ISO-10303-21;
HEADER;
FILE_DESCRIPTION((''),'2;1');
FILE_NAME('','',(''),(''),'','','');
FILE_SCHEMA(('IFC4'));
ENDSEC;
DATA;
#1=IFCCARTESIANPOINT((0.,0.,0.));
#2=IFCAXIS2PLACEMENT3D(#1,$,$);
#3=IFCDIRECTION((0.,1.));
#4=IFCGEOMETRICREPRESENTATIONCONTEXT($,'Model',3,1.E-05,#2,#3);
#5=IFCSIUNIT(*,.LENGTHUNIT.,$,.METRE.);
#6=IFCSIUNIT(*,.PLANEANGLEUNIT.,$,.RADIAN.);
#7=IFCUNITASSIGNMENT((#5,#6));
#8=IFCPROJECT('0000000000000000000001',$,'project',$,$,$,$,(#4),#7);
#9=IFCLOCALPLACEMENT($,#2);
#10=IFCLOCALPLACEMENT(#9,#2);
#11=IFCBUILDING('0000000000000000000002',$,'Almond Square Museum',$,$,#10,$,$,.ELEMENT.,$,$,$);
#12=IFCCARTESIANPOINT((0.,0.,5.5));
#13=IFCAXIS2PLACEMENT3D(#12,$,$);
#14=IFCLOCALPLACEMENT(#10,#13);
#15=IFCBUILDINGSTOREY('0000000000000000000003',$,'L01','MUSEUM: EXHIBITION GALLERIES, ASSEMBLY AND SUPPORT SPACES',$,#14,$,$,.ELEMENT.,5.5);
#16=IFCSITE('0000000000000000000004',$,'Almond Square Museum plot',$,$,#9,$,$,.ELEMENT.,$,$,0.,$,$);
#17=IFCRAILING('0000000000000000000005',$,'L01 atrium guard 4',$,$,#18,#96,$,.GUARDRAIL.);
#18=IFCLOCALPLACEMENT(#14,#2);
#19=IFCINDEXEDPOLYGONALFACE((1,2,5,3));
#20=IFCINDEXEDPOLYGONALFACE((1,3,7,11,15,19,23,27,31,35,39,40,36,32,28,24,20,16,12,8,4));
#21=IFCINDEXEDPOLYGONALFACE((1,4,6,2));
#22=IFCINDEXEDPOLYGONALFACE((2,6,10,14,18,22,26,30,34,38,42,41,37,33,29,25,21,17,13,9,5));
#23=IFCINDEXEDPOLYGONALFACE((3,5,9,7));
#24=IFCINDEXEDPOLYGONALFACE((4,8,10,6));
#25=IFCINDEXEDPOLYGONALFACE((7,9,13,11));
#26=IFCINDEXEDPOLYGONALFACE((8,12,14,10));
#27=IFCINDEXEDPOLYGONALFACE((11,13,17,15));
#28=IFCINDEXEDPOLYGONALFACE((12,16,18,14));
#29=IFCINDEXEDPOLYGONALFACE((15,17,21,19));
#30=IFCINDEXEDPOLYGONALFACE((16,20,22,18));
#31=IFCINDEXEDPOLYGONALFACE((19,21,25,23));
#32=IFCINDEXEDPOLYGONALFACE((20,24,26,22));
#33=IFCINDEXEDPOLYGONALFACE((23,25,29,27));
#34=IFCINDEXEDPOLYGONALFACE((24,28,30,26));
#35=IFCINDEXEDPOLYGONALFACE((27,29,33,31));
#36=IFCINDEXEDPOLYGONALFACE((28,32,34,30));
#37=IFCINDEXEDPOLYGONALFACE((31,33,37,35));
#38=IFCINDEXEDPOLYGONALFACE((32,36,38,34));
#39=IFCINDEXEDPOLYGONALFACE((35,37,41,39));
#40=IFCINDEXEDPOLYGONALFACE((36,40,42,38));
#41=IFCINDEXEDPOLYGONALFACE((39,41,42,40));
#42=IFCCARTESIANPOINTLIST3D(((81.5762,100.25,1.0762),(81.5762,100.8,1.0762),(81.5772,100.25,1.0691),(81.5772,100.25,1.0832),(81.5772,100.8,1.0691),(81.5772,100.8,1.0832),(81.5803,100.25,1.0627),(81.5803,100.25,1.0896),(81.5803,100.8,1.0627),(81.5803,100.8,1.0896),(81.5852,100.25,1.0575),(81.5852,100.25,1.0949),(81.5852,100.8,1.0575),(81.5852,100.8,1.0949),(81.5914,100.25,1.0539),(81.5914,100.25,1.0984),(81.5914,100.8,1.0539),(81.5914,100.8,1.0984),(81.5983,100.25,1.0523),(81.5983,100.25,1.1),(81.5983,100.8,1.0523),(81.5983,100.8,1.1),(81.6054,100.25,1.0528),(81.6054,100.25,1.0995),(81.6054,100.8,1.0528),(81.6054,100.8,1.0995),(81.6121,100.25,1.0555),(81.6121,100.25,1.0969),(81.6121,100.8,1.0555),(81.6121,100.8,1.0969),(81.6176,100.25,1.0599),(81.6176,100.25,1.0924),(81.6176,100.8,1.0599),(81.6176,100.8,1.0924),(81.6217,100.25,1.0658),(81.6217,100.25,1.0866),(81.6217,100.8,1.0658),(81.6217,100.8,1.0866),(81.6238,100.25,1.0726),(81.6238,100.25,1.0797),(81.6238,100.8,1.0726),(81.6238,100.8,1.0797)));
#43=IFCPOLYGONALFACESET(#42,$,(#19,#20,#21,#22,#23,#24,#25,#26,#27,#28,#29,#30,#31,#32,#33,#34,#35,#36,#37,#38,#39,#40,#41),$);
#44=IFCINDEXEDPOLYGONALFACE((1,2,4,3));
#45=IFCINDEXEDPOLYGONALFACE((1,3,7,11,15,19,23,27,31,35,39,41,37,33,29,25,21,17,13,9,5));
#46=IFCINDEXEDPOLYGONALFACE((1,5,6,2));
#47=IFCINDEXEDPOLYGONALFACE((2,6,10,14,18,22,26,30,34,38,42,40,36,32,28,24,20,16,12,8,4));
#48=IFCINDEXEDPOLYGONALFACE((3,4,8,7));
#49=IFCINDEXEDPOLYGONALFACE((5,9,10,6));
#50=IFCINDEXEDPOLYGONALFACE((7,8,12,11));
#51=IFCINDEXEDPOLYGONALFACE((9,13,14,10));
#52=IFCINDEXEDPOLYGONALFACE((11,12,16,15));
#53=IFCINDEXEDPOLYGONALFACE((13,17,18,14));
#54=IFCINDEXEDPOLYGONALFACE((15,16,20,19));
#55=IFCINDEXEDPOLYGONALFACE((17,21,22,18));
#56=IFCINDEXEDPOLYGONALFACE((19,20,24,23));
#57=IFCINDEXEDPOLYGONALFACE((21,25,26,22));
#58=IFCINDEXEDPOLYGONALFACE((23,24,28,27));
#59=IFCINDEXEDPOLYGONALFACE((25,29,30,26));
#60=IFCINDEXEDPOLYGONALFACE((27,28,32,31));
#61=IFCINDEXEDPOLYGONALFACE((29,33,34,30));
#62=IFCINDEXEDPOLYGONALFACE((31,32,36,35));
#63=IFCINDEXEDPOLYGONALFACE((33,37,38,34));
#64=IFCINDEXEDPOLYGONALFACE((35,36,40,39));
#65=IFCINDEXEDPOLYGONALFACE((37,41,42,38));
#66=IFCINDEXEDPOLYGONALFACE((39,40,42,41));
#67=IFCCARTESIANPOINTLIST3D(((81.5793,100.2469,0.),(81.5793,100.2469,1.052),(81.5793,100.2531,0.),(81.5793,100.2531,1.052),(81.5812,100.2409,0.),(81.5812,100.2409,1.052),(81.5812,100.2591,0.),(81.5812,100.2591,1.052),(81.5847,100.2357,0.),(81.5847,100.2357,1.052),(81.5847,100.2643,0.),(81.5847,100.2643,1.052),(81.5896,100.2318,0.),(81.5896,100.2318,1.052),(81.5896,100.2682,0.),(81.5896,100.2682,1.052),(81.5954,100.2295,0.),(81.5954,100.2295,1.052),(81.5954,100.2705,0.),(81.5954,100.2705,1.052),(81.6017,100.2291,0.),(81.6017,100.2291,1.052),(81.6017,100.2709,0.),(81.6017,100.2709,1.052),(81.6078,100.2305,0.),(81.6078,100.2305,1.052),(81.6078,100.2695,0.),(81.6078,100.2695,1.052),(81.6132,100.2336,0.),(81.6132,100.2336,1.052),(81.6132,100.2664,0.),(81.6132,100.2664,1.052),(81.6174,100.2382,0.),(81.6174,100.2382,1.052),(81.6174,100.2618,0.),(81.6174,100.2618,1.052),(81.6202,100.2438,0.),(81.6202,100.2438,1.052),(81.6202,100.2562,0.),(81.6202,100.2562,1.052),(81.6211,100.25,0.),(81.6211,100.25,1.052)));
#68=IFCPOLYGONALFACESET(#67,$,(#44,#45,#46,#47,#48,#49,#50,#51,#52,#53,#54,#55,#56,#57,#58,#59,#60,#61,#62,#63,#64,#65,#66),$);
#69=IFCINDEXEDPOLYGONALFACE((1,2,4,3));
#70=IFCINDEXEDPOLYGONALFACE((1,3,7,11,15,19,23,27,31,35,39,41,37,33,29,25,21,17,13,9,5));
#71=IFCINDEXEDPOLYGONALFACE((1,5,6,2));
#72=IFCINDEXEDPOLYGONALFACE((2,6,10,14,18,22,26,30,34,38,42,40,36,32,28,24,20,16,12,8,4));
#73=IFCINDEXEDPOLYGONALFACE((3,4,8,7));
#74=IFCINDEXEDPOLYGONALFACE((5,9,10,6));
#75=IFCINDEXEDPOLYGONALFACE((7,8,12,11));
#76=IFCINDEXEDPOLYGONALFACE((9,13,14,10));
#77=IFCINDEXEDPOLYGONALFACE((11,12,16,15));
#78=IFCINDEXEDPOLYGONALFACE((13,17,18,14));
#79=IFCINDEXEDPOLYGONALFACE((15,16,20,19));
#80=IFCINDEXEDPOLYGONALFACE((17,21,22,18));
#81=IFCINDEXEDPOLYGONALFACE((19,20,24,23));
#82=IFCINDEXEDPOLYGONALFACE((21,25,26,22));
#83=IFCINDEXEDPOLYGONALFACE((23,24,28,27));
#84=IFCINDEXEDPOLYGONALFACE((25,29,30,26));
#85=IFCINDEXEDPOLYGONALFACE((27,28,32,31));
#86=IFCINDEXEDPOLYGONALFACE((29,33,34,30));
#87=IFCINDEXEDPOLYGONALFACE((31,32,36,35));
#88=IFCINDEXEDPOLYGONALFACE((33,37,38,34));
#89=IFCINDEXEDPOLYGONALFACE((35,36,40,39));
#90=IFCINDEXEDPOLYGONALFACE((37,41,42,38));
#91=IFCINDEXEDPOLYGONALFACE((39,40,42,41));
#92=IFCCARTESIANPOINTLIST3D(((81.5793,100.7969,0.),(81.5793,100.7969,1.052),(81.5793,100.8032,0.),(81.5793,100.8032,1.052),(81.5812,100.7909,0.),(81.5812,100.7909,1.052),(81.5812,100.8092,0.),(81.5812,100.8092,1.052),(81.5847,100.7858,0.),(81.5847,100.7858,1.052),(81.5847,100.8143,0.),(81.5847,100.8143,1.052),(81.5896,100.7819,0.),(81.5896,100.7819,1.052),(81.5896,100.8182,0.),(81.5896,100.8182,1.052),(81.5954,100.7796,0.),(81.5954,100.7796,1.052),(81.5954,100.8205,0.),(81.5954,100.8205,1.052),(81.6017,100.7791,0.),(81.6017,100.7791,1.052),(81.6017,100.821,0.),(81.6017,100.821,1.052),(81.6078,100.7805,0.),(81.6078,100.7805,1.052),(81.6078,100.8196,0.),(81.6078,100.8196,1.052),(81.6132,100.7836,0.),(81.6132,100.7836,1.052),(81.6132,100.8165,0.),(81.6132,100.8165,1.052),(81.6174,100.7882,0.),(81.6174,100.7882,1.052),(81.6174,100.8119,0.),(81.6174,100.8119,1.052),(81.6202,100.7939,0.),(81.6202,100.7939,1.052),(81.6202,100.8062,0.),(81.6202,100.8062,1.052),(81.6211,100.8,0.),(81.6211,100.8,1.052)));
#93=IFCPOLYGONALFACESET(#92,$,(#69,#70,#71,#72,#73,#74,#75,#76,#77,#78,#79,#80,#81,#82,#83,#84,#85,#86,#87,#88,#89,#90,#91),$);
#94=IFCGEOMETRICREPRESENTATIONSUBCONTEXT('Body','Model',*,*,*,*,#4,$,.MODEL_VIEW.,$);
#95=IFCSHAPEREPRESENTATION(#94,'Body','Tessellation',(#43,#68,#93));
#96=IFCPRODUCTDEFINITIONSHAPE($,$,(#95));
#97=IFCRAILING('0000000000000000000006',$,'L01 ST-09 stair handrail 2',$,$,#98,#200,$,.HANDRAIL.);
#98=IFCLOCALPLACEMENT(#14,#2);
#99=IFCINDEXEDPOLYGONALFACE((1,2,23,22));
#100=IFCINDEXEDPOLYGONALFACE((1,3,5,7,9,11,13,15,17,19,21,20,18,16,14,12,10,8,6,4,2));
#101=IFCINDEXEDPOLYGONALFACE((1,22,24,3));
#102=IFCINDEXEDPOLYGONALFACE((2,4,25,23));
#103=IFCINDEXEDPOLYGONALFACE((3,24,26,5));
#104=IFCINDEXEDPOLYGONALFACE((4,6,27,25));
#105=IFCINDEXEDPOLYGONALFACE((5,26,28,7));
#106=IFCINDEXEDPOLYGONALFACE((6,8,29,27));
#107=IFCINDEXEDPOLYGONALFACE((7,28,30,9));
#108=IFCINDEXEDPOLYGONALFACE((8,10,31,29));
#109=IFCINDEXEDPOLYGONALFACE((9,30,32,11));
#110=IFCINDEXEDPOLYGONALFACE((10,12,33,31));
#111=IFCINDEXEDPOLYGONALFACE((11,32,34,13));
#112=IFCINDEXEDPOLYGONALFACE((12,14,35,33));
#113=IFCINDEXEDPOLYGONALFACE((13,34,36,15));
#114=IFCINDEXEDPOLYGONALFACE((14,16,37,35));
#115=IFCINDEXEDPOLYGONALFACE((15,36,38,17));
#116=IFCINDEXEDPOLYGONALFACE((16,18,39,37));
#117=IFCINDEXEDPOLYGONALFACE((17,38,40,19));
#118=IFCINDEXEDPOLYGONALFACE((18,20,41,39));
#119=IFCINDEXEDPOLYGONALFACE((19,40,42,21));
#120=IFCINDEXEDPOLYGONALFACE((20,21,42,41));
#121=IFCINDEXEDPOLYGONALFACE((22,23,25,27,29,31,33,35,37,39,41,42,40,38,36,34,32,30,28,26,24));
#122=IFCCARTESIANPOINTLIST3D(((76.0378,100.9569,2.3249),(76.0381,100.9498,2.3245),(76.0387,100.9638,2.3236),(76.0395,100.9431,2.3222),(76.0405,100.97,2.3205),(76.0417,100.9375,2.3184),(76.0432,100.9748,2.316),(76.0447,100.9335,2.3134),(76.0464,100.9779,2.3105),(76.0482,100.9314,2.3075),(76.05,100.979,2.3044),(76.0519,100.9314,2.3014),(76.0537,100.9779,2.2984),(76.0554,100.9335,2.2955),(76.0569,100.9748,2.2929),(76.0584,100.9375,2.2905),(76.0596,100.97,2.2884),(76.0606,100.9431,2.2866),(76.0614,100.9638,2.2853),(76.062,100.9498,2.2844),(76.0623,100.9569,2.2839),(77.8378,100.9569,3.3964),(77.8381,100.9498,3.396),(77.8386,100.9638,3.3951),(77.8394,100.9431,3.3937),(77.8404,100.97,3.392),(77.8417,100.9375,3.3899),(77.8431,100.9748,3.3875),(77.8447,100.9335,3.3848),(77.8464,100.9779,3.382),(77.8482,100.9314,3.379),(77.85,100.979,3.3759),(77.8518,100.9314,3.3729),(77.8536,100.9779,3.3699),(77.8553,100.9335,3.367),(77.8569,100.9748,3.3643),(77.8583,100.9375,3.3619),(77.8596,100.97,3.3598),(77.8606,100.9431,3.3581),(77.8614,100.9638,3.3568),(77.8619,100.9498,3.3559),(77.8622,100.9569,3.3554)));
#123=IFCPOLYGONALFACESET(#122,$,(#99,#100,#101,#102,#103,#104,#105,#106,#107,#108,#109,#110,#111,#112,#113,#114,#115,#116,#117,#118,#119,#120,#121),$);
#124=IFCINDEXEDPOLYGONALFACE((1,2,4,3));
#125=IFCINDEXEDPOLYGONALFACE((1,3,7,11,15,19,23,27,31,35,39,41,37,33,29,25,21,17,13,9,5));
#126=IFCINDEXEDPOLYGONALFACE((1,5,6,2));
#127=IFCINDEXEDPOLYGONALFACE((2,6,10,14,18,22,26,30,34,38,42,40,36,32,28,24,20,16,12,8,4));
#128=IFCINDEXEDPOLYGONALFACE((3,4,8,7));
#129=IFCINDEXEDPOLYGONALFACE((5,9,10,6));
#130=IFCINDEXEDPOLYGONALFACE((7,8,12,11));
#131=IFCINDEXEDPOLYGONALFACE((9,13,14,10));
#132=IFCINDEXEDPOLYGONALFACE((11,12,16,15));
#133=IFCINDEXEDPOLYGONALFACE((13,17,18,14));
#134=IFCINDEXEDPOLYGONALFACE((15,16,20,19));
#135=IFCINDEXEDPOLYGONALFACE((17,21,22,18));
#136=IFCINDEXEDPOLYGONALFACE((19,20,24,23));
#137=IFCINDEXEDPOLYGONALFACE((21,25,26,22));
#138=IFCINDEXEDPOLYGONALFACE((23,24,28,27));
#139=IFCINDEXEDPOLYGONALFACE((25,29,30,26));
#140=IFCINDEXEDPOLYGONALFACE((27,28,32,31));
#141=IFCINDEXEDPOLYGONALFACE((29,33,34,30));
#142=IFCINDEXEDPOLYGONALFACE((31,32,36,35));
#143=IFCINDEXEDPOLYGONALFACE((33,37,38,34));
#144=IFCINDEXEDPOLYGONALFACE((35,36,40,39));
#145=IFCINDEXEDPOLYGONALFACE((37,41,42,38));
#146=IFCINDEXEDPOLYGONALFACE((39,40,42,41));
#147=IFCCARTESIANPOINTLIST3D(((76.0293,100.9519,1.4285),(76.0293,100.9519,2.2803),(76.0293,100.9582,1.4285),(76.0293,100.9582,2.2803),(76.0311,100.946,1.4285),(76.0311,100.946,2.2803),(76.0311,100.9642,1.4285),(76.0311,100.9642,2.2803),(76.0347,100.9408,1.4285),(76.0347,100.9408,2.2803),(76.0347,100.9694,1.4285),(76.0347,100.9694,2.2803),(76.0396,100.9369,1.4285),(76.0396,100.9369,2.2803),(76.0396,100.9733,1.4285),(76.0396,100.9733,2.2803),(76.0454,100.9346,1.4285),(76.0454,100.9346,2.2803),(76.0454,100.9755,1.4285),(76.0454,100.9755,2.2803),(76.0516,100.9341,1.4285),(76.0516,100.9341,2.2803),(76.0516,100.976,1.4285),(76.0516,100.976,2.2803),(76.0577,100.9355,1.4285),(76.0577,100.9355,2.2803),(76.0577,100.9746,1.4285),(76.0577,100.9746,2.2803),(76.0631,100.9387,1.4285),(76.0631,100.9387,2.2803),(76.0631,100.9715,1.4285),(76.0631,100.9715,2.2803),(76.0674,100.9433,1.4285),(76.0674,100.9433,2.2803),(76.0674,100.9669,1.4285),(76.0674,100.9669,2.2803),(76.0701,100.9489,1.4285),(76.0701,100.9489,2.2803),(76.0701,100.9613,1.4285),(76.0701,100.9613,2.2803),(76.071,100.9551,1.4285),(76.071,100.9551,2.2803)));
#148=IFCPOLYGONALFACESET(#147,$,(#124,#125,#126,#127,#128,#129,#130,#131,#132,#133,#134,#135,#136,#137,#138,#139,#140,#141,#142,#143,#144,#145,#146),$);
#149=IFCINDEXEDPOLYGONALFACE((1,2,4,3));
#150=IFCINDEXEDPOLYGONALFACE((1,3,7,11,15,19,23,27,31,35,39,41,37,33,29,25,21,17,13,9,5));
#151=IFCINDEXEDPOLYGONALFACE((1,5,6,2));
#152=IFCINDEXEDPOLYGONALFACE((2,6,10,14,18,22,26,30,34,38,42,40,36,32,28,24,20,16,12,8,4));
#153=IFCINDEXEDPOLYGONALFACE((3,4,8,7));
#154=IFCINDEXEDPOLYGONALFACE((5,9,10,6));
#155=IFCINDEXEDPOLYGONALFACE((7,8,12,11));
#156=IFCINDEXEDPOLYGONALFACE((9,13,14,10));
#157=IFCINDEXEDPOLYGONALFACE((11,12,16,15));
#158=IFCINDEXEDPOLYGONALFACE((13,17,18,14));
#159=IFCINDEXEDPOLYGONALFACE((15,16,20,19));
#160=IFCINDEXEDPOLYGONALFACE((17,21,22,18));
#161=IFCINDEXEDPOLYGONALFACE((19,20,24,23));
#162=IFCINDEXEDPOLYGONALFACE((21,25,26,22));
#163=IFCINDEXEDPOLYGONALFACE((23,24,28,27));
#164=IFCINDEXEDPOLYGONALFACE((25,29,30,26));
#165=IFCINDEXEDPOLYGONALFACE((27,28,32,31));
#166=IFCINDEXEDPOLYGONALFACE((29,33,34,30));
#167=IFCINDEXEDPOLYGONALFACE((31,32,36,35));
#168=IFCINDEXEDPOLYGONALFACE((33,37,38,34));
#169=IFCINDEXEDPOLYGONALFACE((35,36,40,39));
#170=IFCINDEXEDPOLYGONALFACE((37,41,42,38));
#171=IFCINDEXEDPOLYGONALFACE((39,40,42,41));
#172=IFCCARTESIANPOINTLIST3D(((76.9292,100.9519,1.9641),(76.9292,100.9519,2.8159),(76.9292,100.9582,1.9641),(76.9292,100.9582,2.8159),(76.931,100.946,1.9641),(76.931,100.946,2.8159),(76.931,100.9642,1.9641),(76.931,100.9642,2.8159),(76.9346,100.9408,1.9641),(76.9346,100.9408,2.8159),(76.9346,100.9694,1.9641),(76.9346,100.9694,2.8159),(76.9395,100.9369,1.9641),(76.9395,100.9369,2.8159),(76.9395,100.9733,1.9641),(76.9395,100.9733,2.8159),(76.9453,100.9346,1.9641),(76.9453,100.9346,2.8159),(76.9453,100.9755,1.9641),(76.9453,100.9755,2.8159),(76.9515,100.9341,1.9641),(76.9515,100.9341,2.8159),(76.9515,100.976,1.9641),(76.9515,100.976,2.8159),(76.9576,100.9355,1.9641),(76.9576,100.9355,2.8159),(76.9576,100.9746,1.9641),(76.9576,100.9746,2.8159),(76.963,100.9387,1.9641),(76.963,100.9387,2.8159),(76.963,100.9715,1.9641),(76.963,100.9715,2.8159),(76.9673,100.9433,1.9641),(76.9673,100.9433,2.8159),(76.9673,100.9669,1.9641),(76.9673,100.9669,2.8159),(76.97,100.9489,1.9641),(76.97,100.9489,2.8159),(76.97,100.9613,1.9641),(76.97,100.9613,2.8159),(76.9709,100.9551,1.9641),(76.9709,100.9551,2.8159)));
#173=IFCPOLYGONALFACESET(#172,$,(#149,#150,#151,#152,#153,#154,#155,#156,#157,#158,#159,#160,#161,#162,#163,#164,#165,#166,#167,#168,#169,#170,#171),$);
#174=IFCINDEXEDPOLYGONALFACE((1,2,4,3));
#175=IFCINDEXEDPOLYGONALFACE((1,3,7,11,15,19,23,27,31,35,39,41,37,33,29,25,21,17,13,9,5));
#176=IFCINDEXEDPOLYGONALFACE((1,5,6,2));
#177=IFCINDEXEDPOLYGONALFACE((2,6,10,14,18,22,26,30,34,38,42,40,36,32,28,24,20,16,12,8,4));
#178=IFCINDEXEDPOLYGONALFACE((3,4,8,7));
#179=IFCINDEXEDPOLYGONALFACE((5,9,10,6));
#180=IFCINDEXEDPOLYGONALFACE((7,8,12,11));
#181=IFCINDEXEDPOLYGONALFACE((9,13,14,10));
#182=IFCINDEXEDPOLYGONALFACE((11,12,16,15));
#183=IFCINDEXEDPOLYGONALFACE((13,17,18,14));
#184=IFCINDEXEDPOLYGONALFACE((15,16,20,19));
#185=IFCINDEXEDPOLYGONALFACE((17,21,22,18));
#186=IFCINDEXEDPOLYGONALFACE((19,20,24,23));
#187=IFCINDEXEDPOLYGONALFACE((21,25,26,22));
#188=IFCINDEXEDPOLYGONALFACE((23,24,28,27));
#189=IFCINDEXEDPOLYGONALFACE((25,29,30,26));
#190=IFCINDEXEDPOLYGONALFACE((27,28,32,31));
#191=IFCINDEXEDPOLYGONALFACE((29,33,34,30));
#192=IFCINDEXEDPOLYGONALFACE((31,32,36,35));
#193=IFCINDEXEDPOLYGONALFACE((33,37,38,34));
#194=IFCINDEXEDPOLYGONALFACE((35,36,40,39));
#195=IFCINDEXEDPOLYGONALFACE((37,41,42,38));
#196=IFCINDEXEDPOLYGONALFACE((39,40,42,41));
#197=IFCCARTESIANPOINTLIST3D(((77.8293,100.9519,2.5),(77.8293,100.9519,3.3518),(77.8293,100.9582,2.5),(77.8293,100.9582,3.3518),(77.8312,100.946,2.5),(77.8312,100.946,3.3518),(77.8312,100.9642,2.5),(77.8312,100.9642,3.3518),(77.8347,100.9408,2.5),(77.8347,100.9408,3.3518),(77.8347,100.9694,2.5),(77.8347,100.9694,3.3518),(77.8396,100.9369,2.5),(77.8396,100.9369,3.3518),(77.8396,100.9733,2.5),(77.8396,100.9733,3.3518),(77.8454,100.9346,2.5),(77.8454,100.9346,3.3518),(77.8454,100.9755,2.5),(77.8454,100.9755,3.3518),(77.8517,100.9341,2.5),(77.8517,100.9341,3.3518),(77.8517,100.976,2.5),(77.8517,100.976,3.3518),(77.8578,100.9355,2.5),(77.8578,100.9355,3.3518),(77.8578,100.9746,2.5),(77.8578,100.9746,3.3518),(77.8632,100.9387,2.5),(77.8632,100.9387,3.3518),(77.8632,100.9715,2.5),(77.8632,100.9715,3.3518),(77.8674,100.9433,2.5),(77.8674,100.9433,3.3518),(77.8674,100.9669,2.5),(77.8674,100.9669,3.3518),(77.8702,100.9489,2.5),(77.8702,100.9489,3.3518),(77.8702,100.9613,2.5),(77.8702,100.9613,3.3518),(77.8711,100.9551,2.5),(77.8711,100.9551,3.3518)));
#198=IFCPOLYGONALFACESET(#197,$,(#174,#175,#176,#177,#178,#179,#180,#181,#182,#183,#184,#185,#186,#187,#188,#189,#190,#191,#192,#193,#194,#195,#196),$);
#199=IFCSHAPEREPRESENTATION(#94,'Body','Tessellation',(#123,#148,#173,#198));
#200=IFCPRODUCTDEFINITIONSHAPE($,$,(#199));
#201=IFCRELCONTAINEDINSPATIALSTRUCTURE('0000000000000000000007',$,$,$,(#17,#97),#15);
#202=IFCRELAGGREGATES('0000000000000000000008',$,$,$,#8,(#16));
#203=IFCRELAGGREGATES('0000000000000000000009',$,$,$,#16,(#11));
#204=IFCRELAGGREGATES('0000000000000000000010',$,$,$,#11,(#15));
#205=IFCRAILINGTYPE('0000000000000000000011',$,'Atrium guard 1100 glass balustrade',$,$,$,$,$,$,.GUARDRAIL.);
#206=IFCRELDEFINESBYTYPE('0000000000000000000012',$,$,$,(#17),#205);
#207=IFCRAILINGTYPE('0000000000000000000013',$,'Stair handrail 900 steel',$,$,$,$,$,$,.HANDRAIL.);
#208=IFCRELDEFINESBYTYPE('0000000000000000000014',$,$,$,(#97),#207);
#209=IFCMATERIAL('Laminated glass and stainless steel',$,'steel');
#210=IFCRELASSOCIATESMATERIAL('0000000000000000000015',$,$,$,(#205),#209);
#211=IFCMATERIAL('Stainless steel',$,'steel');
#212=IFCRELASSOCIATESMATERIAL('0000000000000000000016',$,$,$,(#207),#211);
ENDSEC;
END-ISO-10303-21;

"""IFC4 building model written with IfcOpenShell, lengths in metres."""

from ifc_helpers import new_model, si_unit, direction, frame, origin, origin_2d, place, context, subcontext, project, spatial, circle, extrude, material, type_object, element, save


model = new_model("IFC4")

# Units and contexts
model_context = context("Model", 3, precision=1e-05, world=origin(), true_north=direction((0.0, 1.0)))
body_context = subcontext(model_context, "Body", "Model", "MODEL_VIEW")
ifc_project = project(units=[si_unit("LENGTHUNIT", "METRE"), si_unit("PLANEANGLEUNIT", "RADIAN")], contexts=[model_context])

# Site, building, storey
site_placement = place(None, origin())
site = spatial("IfcSite", under=ifc_project, at=site_placement, Name="Almond Square Museum plot", CompositionType="ELEMENT", RefElevation=0.0)
building_placement = place(site_placement, origin())
building = spatial("IfcBuilding", under=site, at=building_placement, Name="Almond Square Museum", CompositionType="ELEMENT")
storey_placement = place(building_placement, frame((0.0, 0.0, 5.5)))
storey = spatial("IfcBuildingStorey", under=building, at=storey_placement, Name="L01", Description="MUSEUM: EXHIBITION GALLERIES, ASSEMBLY AND SUPPORT SPACES", CompositionType="ELEMENT", Elevation=5.5)

# Railings
ifc_material_1 = material(Name="Laminated glass and stainless steel", Category="steel")
railing_type_1 = type_object("IfcRailingType", Name="Atrium guard 1100 glass balustrade", PredefinedType="GUARDRAIL", material=ifc_material_1)
railing_1_placement = place(storey_placement, frame((81.6001, 100.25, 0.0)))
element("IfcRailing", 1, at=railing_1_placement, inside=storey, type_object=railing_type_1, Name="L01 atrium guard 4", PredefinedType="GUARDRAIL", context=body_context, shape_type="SweptSolid", body=[
    extrude(circle(Radius=0.0239, at=origin_2d()), frame((0.0, 0.0, 1.0762), z_axis=(0.0, 1.0, 0.0), x_axis=(-1.0, 0.0, 0.0)), (0.0, 0.0, 1.0), 0.55),
    extrude(circle(Radius=0.021, at=origin_2d()), origin(), (0.0, 0.0, 1.0), 1.052),
    extrude(circle(Radius=0.021, at=origin_2d()), frame((0.0, 0.55, 0.0)), (0.0, 0.0, 1.0), 1.052),
])
ifc_material_2 = material(Name="Stainless steel", Category="steel")
railing_type_2 = type_object("IfcRailingType", Name="Stair handrail 900 steel", PredefinedType="HANDRAIL", material=ifc_material_2)
for number, where, name in (
    (2, (76.05, 100.9551, 1.4285), "L01 ST-09 stair handrail 2"),
):
    element("IfcRailing", number, at=place(storey_placement, frame(where)), inside=storey, type_object=railing_type_2, Name=name, PredefinedType="HANDRAIL", context=body_context, shape_type="SweptSolid", body=[
        extrude(circle(Radius=0.0239, at=origin_2d()), frame((0.0, 0.0, 0.876), z_axis=(0.859277, 0.0, 0.51151), x_axis=(0.0, 1.0, 0.0)), (0.0, 0.0, 1.0), 2.0947),
        extrude(circle(Radius=0.021, at=origin_2d()), origin(), (0.0, 0.0, 1.0), 0.8518),
        extrude(circle(Radius=0.021, at=origin_2d()), frame((0.8999, 0.0, 0.5356)), (0.0, 0.0, 1.0), 0.8518),
        extrude(circle(Radius=0.021, at=origin_2d()), frame((1.8, 0.0, 1.0715)), (0.0, 0.0, 1.0), 0.8518),
    ])

save(model, "model.ifc")
